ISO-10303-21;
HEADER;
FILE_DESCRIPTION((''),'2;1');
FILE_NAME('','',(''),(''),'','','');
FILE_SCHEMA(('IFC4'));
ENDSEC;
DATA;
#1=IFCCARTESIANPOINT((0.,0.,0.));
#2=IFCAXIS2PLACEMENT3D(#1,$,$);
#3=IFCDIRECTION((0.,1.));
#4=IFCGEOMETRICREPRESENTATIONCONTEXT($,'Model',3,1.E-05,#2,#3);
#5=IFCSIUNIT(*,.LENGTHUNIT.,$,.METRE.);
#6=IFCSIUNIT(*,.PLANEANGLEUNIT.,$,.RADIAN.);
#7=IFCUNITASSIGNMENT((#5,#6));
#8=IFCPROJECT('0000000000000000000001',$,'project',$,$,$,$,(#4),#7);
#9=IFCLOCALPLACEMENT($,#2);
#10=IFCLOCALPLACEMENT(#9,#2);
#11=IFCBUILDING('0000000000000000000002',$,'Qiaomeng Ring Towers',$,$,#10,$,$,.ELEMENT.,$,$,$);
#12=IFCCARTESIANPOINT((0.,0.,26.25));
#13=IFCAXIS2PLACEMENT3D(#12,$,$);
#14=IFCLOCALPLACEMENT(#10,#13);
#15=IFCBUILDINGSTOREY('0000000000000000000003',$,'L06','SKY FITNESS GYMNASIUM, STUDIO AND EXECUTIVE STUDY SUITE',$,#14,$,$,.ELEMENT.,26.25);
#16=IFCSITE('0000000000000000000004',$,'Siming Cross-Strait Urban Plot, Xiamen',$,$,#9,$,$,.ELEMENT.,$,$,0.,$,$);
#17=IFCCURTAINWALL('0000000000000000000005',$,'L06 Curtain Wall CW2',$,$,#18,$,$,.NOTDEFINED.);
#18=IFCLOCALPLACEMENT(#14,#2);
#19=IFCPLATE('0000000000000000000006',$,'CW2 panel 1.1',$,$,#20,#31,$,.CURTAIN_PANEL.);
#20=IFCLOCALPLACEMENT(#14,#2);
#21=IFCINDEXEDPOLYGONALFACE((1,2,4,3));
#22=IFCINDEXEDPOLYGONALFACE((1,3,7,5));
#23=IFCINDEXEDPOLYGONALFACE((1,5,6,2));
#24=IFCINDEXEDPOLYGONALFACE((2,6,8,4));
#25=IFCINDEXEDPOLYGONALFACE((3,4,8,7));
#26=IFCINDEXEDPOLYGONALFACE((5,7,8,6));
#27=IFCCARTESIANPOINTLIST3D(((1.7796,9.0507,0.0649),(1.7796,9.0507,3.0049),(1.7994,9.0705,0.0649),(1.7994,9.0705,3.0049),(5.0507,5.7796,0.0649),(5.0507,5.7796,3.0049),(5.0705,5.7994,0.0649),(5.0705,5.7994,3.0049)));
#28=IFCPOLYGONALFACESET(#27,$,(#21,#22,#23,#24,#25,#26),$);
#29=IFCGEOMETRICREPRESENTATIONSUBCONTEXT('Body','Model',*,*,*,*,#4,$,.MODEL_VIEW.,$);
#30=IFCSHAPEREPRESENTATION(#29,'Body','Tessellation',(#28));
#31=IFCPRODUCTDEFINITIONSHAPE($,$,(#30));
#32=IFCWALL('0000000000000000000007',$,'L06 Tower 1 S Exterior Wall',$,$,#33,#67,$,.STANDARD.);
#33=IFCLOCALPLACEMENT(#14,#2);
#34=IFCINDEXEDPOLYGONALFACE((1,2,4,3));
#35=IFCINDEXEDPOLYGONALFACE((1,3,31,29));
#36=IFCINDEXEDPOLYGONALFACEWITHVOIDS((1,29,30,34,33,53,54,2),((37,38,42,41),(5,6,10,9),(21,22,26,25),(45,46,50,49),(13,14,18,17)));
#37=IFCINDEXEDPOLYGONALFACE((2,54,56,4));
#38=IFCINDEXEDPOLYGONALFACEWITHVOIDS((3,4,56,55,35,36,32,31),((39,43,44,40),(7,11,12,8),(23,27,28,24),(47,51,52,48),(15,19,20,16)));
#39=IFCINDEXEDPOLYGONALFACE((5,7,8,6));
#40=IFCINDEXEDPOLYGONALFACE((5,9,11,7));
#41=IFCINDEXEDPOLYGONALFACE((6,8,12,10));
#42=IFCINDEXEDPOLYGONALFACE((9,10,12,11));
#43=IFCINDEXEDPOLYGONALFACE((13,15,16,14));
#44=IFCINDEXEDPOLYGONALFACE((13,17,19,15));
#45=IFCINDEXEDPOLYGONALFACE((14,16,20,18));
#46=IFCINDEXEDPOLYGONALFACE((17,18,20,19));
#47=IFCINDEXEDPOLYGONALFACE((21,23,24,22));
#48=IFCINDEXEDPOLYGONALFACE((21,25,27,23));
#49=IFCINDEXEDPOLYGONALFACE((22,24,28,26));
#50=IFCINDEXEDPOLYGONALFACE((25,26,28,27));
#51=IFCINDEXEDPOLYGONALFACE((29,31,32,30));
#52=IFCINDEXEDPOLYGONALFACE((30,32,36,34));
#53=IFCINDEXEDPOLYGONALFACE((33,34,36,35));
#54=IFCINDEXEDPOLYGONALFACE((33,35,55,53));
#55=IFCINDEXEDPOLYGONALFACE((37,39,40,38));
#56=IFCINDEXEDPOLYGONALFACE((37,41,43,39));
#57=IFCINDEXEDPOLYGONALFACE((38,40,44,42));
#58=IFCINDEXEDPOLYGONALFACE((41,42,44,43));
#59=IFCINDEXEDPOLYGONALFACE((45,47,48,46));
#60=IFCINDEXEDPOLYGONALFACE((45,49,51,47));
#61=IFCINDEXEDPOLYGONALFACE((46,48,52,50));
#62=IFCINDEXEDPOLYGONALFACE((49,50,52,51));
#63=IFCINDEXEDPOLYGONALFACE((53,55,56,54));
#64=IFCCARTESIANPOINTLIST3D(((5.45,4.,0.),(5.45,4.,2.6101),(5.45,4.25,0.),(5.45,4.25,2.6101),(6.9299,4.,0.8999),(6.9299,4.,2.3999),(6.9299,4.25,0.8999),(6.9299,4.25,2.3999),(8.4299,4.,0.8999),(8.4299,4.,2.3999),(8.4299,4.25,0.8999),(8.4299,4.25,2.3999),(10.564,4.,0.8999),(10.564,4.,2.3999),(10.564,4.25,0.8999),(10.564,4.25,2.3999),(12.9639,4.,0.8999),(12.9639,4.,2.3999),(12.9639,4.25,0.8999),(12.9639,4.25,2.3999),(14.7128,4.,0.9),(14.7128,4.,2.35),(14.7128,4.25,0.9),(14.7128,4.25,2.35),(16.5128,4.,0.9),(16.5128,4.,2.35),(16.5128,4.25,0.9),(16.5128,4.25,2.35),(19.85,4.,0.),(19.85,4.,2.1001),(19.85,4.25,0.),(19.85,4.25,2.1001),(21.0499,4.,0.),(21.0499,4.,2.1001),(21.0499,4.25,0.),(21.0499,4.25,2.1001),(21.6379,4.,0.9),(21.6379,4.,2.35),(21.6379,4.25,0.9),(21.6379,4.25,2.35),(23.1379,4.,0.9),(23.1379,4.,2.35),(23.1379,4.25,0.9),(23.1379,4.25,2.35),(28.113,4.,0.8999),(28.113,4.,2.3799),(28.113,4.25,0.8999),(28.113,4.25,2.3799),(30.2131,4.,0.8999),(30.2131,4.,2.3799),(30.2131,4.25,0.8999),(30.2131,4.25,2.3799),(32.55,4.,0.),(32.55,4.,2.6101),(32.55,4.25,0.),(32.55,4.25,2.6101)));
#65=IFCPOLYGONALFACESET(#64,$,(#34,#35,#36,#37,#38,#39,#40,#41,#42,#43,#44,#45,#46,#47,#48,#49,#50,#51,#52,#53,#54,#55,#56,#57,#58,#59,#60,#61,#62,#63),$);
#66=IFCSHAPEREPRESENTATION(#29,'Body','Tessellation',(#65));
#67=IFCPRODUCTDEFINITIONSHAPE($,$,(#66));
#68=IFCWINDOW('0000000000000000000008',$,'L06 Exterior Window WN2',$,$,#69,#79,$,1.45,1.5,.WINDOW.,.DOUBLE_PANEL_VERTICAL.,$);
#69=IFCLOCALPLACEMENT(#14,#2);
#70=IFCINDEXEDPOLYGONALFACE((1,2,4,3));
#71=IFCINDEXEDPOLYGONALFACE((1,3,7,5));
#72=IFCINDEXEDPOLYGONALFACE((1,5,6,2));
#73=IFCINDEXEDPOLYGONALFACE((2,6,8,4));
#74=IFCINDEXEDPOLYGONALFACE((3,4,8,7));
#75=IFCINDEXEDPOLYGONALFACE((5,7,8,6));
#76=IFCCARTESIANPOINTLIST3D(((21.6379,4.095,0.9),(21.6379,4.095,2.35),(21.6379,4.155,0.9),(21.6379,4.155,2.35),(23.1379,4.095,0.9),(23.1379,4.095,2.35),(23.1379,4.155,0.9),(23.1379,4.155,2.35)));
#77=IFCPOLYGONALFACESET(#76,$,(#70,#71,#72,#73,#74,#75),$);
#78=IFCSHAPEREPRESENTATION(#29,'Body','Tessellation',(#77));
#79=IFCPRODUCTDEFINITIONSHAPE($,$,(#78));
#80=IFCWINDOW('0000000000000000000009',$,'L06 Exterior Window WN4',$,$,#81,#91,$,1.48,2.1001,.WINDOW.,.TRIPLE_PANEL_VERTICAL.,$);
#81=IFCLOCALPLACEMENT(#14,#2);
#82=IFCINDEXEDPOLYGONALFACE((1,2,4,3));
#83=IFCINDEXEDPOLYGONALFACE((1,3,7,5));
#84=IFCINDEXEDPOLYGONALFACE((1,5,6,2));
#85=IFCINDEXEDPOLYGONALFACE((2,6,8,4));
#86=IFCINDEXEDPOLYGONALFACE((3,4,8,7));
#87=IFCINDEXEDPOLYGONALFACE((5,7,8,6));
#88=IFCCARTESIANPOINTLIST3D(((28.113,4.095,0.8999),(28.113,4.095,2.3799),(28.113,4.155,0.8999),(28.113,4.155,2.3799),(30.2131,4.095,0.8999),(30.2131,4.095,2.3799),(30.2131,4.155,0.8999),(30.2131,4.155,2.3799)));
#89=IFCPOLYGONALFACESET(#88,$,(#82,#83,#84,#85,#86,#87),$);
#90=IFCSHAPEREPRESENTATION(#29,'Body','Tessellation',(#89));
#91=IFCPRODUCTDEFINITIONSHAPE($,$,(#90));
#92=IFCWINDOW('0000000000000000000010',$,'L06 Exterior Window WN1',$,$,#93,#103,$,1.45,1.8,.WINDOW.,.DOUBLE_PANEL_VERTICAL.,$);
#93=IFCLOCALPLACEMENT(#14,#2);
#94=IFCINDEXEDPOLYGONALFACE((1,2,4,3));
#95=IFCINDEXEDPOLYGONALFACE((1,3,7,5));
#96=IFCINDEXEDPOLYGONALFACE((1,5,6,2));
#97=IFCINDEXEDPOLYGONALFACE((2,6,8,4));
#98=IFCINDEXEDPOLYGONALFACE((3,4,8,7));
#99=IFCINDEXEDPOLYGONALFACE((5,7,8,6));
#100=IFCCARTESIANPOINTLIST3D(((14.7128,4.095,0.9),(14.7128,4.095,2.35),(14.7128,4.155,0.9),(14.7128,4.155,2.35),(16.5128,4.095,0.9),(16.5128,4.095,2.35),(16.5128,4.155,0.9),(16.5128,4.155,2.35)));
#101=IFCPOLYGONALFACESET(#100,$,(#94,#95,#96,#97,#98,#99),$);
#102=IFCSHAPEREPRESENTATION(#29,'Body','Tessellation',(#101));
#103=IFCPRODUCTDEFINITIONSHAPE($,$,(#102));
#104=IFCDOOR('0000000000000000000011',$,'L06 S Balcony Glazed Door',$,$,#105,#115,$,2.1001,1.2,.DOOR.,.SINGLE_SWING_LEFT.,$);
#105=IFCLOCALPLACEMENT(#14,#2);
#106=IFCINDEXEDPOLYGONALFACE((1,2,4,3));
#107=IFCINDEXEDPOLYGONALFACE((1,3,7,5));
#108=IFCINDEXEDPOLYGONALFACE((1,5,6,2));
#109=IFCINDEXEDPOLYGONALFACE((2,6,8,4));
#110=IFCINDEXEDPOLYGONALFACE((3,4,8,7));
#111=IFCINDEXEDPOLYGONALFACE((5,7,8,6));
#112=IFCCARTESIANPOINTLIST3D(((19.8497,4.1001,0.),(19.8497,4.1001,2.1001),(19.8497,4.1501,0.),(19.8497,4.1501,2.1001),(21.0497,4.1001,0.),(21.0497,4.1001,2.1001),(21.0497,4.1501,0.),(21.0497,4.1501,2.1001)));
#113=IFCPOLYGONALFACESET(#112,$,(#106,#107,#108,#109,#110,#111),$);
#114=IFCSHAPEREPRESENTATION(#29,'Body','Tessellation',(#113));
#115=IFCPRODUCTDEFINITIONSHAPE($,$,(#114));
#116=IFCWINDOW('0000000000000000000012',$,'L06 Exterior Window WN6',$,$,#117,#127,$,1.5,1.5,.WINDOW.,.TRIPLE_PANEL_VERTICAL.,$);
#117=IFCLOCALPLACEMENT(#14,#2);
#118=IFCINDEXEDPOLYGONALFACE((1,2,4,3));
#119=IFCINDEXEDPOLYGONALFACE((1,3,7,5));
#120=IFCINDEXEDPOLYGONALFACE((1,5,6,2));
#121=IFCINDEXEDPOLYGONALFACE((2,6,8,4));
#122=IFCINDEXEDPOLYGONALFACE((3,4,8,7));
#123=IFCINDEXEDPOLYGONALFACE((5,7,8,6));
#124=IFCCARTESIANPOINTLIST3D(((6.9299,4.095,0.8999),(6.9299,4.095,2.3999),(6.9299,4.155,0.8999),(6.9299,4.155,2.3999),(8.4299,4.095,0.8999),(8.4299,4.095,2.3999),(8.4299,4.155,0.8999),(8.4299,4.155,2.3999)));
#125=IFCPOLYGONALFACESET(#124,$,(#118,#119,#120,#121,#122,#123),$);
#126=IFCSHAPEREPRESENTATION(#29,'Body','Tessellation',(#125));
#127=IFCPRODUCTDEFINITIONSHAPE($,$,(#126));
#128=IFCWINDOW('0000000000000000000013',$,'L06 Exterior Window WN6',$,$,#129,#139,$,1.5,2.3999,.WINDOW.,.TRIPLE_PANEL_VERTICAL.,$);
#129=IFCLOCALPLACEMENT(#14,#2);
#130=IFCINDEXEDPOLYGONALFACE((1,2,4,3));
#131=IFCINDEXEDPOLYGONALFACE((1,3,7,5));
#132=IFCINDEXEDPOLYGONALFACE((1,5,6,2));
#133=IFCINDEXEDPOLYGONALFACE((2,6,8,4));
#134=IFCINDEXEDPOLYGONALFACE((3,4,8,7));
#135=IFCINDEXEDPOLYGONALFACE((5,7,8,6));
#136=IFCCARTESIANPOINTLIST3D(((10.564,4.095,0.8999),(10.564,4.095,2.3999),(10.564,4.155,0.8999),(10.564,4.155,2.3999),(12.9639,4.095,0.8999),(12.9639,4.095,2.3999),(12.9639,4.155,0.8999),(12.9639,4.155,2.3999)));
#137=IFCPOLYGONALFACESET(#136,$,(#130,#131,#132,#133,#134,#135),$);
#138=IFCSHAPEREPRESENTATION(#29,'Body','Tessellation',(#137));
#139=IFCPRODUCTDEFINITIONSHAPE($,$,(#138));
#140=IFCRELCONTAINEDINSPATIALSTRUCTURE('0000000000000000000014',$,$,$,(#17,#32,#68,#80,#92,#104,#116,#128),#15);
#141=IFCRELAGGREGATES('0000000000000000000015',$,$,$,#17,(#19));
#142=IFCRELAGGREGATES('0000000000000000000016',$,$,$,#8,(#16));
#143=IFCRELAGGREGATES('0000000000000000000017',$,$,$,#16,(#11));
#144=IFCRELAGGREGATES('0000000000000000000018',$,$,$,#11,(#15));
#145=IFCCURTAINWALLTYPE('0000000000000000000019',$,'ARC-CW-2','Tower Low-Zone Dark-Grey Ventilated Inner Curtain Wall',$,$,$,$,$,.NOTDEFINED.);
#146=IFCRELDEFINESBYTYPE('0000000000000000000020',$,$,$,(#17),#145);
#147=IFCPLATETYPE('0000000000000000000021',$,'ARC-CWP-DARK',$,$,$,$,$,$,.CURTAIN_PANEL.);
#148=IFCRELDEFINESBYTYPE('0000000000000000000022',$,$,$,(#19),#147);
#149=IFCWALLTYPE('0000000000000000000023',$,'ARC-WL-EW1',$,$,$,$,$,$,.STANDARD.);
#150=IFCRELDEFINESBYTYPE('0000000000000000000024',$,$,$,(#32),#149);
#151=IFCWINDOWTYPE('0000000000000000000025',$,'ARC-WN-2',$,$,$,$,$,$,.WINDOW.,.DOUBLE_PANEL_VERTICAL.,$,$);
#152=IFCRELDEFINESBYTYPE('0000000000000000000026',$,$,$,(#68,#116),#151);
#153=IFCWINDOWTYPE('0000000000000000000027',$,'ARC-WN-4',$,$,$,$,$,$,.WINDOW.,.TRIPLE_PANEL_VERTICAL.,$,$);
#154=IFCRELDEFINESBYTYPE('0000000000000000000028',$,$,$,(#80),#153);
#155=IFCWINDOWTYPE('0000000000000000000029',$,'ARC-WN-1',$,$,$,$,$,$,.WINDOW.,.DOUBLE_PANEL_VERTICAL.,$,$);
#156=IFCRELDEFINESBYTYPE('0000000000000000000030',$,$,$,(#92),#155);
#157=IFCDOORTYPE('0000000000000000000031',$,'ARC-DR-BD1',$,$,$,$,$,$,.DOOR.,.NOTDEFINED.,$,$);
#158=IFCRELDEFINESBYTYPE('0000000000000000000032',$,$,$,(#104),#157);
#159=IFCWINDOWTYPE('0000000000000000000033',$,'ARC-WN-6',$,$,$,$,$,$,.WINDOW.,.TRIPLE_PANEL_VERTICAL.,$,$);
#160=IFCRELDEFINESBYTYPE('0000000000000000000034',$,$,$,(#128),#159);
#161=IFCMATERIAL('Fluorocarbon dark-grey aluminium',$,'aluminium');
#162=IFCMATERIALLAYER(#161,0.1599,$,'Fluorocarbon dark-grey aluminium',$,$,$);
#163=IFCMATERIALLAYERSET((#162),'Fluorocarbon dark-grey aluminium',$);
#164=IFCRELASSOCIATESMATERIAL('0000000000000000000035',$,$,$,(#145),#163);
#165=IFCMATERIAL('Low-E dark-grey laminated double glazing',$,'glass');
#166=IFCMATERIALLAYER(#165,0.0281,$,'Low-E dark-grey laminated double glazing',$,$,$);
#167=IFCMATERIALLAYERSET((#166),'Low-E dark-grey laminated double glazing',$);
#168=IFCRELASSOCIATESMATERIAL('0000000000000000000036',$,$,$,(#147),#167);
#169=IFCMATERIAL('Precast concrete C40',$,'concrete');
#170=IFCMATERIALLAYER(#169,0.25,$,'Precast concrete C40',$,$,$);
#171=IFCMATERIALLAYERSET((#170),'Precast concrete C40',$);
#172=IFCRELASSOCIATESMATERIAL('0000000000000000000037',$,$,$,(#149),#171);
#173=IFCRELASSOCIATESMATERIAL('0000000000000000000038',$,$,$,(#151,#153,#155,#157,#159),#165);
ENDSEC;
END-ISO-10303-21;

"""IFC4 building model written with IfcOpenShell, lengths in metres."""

from ifc_helpers import new_model, si_unit, direction, frame, frame_2d, origin, origin_2d, place, context, subcontext, project, spatial, rectangle, extrude, source, transform, mapped, material, layer, layer_set, type_object, element, fill, aggregate, save


model = new_model("IFC4")

# Units and contexts
model_context = context("Model", 3, precision=1e-05, world=origin(), true_north=direction((0.0, 1.0)))
body_context = subcontext(model_context, "Body", "Model", "MODEL_VIEW")
ifc_project = project(units=[si_unit("LENGTHUNIT", "METRE"), si_unit("PLANEANGLEUNIT", "RADIAN")], contexts=[model_context])

# Site, building, storey
site_placement = place(None, origin())
site = spatial("IfcSite", under=ifc_project, at=site_placement, Name="Siming Cross-Strait Urban Plot, Xiamen", CompositionType="ELEMENT", RefElevation=0.0)
building_placement = place(site_placement, origin())
building = spatial("IfcBuilding", under=site, at=building_placement, Name="Qiaomeng Ring Towers", CompositionType="ELEMENT")
storey_placement = place(building_placement, frame((0.0, 0.0, 26.25)))
storey = spatial("IfcBuildingStorey", under=building, at=storey_placement, Name="L06", Description="SKY FITNESS GYMNASIUM, STUDIO AND EXECUTIVE STUDY SUITE", CompositionType="ELEMENT", Elevation=26.25)

# Curtain wall, plate
ifc_material_1 = material(Name="Fluorocarbon dark-grey aluminium", Category="aluminium")
ifc_layer_1 = layer(ifc_material_1, 0.1599, Name="Fluorocarbon dark-grey aluminium")
ifc_layer_set_1 = layer_set([ifc_layer_1], Name="Fluorocarbon dark-grey aluminium")
curtain_wall_type = type_object("IfcCurtainWallType", Name="ARC-CW-2", Description="Tower Low-Zone Dark-Grey Ventilated Inner Curtain Wall", PredefinedType="NOTDEFINED", material=ifc_layer_set_1)
curtain_wall_placement = place(storey_placement, origin())
curtain_wall = element("IfcCurtainWall", 1, at=curtain_wall_placement, inside=storey, type_object=curtain_wall_type, Name="L06 Curtain Wall CW2", PredefinedType="NOTDEFINED")
ifc_material_2 = material(Name="Low-E dark-grey laminated double glazing", Category="glass")
ifc_layer_2 = layer(ifc_material_2, 0.0281, Name="Low-E dark-grey laminated double glazing")
ifc_layer_set_2 = layer_set([ifc_layer_2], Name="Low-E dark-grey laminated double glazing")
plate_type = type_object("IfcPlateType", Name="ARC-CWP-DARK", PredefinedType="CURTAIN_PANEL", material=ifc_layer_set_2)
shared_shape_1 = source(origin(), body_context, "Body", "SweptSolid", [
    extrude(rectangle(XDim=4.626, YDim=0.0281, at=origin_2d()), origin(), (0.0, 0.0, 1.0), 2.9399),
])
plate_placement = place(storey_placement, frame((3.425, 7.425, 0.0649), z_axis=(0.0, 0.0, 1.0), x_axis=(0.707107, -0.707107, 0.0)))
plate = element("IfcPlate", 2, at=plate_placement, type_object=plate_type, Name="CW2 panel 1.1", PredefinedType="CURTAIN_PANEL", context=body_context, shape_type="MappedRepresentation", body=[
    mapped(shared_shape_1, transform((0.0, 0.0, 0.0), x_axis=(1.0, 0.0, 0.0), y_axis=(0.0, 1.0, 0.0), z_axis=(0.0, 0.0, 1.0), scale=1.0)),
])
aggregate(curtain_wall, [plate])

# Wall, openings, windows, door
ifc_material_3 = material(Name="Precast concrete C40", Category="concrete")
ifc_layer_3 = layer(ifc_material_3, 0.25, Name="Precast concrete C40")
ifc_layer_set_3 = layer_set([ifc_layer_3], Name="Precast concrete C40")
wall_type_1 = type_object("IfcWallType", Name="ARC-WL-EW1", PredefinedType="STANDARD", material=ifc_layer_set_3)
wall_1_placement = place(storey_placement, frame((5.45, 4.125, 0.0), z_axis=(0.0, 0.0, 1.0), x_axis=(1.0, 0.0, 0.0)))
wall_1 = element("IfcWall", 3, at=wall_1_placement, inside=storey, type_object=wall_type_1, Name="L06 Tower 1 S Exterior Wall", PredefinedType="STANDARD", context=body_context, shape_type="SweptSolid", body=[
    extrude(rectangle(XDim=27.1001, YDim=0.25, at=frame_2d((13.55, 0.0))), origin(), (0.0, 0.0, 1.0), 2.6101),
])
opening_1_placement = place(wall_1_placement, frame((14.3999, 0.0, 0.0)))
opening_1 = element("IfcOpeningElement", 4, at=opening_1_placement, cuts=wall_1, PredefinedType="OPENING", context=body_context, shape_type="SweptSolid", body=[
    extrude(rectangle(XDim=1.2, YDim=2.1001, at=frame_2d((0.6001, 1.05))), frame((0.0, 0.135, 0.0), z_axis=(0.0, -1.0, 0.0), x_axis=(1.0, 0.0, 0.0)), (0.0, 0.0, 1.0), 0.27),
])
opening_2_placement = place(wall_1_placement, frame((1.48, 0.0, 0.8999)))
opening_2 = element("IfcOpeningElement", 5, at=opening_2_placement, cuts=wall_1, PredefinedType="OPENING", context=body_context, shape_type="SweptSolid", body=[
    extrude(rectangle(XDim=1.5, YDim=1.5, at=frame_2d((0.75, 0.75))), frame((0.0, 0.135, 0.0), z_axis=(0.0, -1.0, 0.0), x_axis=(1.0, 0.0, 0.0)), (0.0, 0.0, 1.0), 0.27),
])
opening_3_placement = place(wall_1_placement, frame((9.2629, 0.0, 0.8999)))
opening_3 = element("IfcOpeningElement", 6, at=opening_3_placement, cuts=wall_1, PredefinedType="OPENING", context=body_context, shape_type="SweptSolid", body=[
    extrude(rectangle(XDim=1.8, YDim=1.45, at=frame_2d((0.8999, 0.7251))), frame((0.0, 0.135, 0.0), z_axis=(0.0, -1.0, 0.0), x_axis=(1.0, 0.0, 0.0)), (0.0, 0.0, 1.0), 0.27),
])
opening_4_placement = place(wall_1_placement, frame((16.188, 0.0, 0.8999)))
opening_4 = element("IfcOpeningElement", 7, at=opening_4_placement, cuts=wall_1, PredefinedType="OPENING", context=body_context, shape_type="SweptSolid", body=[
    extrude(rectangle(XDim=1.5, YDim=1.45, at=frame_2d((0.75, 0.7251))), frame((0.0, 0.135, 0.0), z_axis=(0.0, -1.0, 0.0), x_axis=(1.0, 0.0, 0.0)), (0.0, 0.0, 1.0), 0.27),
])
opening_5_placement = place(wall_1_placement, frame((22.6631, 0.0, 0.8999)))
opening_5 = element("IfcOpeningElement", 8, at=opening_5_placement, cuts=wall_1, PredefinedType="OPENING", context=body_context, shape_type="SweptSolid", body=[
    extrude(rectangle(XDim=2.1001, YDim=1.48, at=frame_2d((1.05, 0.74))), frame((0.0, 0.135, 0.0), z_axis=(0.0, -1.0, 0.0), x_axis=(1.0, 0.0, 0.0)), (0.0, 0.0, 1.0), 0.27),
])
opening_6_placement = place(wall_1_placement, frame((5.114, 0.0, 0.8999)))
opening_6 = element("IfcOpeningElement", 9, at=opening_6_placement, cuts=wall_1, PredefinedType="OPENING", context=body_context, shape_type="SweptSolid", body=[
    extrude(rectangle(XDim=2.3999, YDim=1.5, at=frame_2d((1.2, 0.75))), frame((0.0, 0.135, 0.0), z_axis=(0.0, -1.0, 0.0), x_axis=(1.0, 0.0, 0.0)), (0.0, 0.0, 1.0), 0.27),
])
window_type_1 = type_object("IfcWindowType", Name="ARC-WN-2", PartitioningType="DOUBLE_PANEL_VERTICAL", PredefinedType="WINDOW", material=ifc_material_2)
shared_shape_2 = source(origin(), body_context, "Body", "SweptSolid", [
    extrude(rectangle(XDim=1.5, YDim=1.45, at=frame_2d((0.75, 0.7251))), frame((0.0, 0.03, 0.0), z_axis=(0.0, -1.0, 0.0), x_axis=(1.0, 0.0, 0.0)), (0.0, 0.0, 1.0), 0.0601),
])
window_1_placement = place(opening_4_placement, origin())
window_1 = element("IfcWindow", 10, at=window_1_placement, inside=storey, type_object=window_type_1, Name="L06 Exterior Window WN2", OverallHeight=1.45, OverallWidth=1.5, PartitioningType="DOUBLE_PANEL_VERTICAL", PredefinedType="WINDOW", context=body_context, shape_type="MappedRepresentation", body=[
    mapped(shared_shape_2, transform((0.0, 0.0, 0.0), x_axis=(1.0, 0.0, 0.0), y_axis=(0.0, 1.0, 0.0), z_axis=(0.0, 0.0, 1.0), scale=1.0)),
])
fill(opening_4, window_1)
window_type_2 = type_object("IfcWindowType", Name="ARC-WN-4", PartitioningType="TRIPLE_PANEL_VERTICAL", PredefinedType="WINDOW", material=ifc_material_2)
shared_shape_3 = source(origin(), body_context, "Body", "SweptSolid", [
    extrude(rectangle(XDim=2.1001, YDim=1.48, at=frame_2d((1.05, 0.74))), frame((0.0, 0.03, 0.0), z_axis=(0.0, -1.0, 0.0), x_axis=(1.0, 0.0, 0.0)), (0.0, 0.0, 1.0), 0.0601),
])
window_2_placement = place(opening_5_placement, origin())
window_2 = element("IfcWindow", 11, at=window_2_placement, inside=storey, type_object=window_type_2, Name="L06 Exterior Window WN4", OverallHeight=1.48, OverallWidth=2.1001, PartitioningType="TRIPLE_PANEL_VERTICAL", PredefinedType="WINDOW", context=body_context, shape_type="MappedRepresentation", body=[
    mapped(shared_shape_3, transform((0.0, 0.0, 0.0), x_axis=(1.0, 0.0, 0.0), y_axis=(0.0, 1.0, 0.0), z_axis=(0.0, 0.0, 1.0), scale=1.0)),
])
fill(opening_5, window_2)
window_type_3 = type_object("IfcWindowType", Name="ARC-WN-1", PartitioningType="DOUBLE_PANEL_VERTICAL", PredefinedType="WINDOW", material=ifc_material_2)
shared_shape_4 = source(origin(), body_context, "Body", "SweptSolid", [
    extrude(rectangle(XDim=1.8, YDim=1.45, at=frame_2d((0.8999, 0.7251))), frame((0.0, 0.03, 0.0), z_axis=(0.0, -1.0, 0.0), x_axis=(1.0, 0.0, 0.0)), (0.0, 0.0, 1.0), 0.0601),
])
window_3_placement = place(opening_3_placement, origin())
window_3 = element("IfcWindow", 12, at=window_3_placement, inside=storey, type_object=window_type_3, Name="L06 Exterior Window WN1", OverallHeight=1.45, OverallWidth=1.8, PartitioningType="DOUBLE_PANEL_VERTICAL", PredefinedType="WINDOW", context=body_context, shape_type="MappedRepresentation", body=[
    mapped(shared_shape_4, transform((0.0, 0.0, 0.0), x_axis=(1.0, 0.0, 0.0), y_axis=(0.0, 1.0, 0.0), z_axis=(0.0, 0.0, 1.0), scale=1.0)),
])
fill(opening_3, window_3)
door_type_1 = type_object("IfcDoorType", Name="ARC-DR-BD1", OperationType="NOTDEFINED", PredefinedType="DOOR", material=ifc_material_2)
shared_shape_5 = source(origin(), body_context, "Body", "SweptSolid", [
    extrude(rectangle(XDim=1.2, YDim=2.1001, at=frame_2d((0.6001, 1.05))), frame((0.0, 0.0249, 0.0), z_axis=(0.0, -1.0, 0.0), x_axis=(1.0, 0.0, 0.0)), (0.0, 0.0, 1.0), 0.05),
])
door_1_placement = place(opening_1_placement, frame((1.2, 0.0, 0.0), z_axis=(0.0, 0.0, 1.0), x_axis=(-1.0, 0.0, 0.0)))
door_1 = element("IfcDoor", 13, at=door_1_placement, inside=storey, type_object=door_type_1, Name="L06 S Balcony Glazed Door", OperationType="SINGLE_SWING_LEFT", OverallHeight=2.1001, OverallWidth=1.2, PredefinedType="DOOR", context=body_context, shape_type="MappedRepresentation", body=[
    mapped(shared_shape_5, transform((0.0, 0.0, 0.0), x_axis=(1.0, 0.0, 0.0), y_axis=(0.0, 1.0, 0.0), z_axis=(0.0, 0.0, 1.0), scale=1.0)),
])
fill(opening_1, door_1)
shared_shape_6 = source(origin(), body_context, "Body", "SweptSolid", [
    extrude(rectangle(XDim=1.5, YDim=1.5, at=frame_2d((0.75, 0.75))), frame((0.0, 0.03, 0.0), z_axis=(0.0, -1.0, 0.0), x_axis=(1.0, 0.0, 0.0)), (0.0, 0.0, 1.0), 0.0601),
])
window_4_placement = place(opening_2_placement, origin())
window_4 = element("IfcWindow", 14, at=window_4_placement, inside=storey, type_object=window_type_1, Name="L06 Exterior Window WN6", OverallHeight=1.5, OverallWidth=1.5, PartitioningType="TRIPLE_PANEL_VERTICAL", PredefinedType="WINDOW", context=body_context, shape_type="MappedRepresentation", body=[
    mapped(shared_shape_6, transform((0.0, 0.0, 0.0), x_axis=(1.0, 0.0, 0.0), y_axis=(0.0, 1.0, 0.0), z_axis=(0.0, 0.0, 1.0), scale=1.0)),
])
fill(opening_2, window_4)
window_type_4 = type_object("IfcWindowType", Name="ARC-WN-6", PartitioningType="TRIPLE_PANEL_VERTICAL", PredefinedType="WINDOW", material=ifc_material_2)
shared_shape_7 = source(origin(), body_context, "Body", "SweptSolid", [
    extrude(rectangle(XDim=2.3999, YDim=1.5, at=frame_2d((1.2, 0.75))), frame((0.0, 0.03, 0.0), z_axis=(0.0, -1.0, 0.0), x_axis=(1.0, 0.0, 0.0)), (0.0, 0.0, 1.0), 0.0601),
])
window_5_placement = place(opening_6_placement, origin())
window_5 = element("IfcWindow", 15, at=window_5_placement, inside=storey, type_object=window_type_4, Name="L06 Exterior Window WN6", OverallHeight=1.5, OverallWidth=2.3999, PartitioningType="TRIPLE_PANEL_VERTICAL", PredefinedType="WINDOW", context=body_context, shape_type="MappedRepresentation", body=[
    mapped(shared_shape_7, transform((0.0, 0.0, 0.0), x_axis=(1.0, 0.0, 0.0), y_axis=(0.0, 1.0, 0.0), z_axis=(0.0, 0.0, 1.0), scale=1.0)),
])
fill(opening_6, window_5)

save(model, "model.ifc")
